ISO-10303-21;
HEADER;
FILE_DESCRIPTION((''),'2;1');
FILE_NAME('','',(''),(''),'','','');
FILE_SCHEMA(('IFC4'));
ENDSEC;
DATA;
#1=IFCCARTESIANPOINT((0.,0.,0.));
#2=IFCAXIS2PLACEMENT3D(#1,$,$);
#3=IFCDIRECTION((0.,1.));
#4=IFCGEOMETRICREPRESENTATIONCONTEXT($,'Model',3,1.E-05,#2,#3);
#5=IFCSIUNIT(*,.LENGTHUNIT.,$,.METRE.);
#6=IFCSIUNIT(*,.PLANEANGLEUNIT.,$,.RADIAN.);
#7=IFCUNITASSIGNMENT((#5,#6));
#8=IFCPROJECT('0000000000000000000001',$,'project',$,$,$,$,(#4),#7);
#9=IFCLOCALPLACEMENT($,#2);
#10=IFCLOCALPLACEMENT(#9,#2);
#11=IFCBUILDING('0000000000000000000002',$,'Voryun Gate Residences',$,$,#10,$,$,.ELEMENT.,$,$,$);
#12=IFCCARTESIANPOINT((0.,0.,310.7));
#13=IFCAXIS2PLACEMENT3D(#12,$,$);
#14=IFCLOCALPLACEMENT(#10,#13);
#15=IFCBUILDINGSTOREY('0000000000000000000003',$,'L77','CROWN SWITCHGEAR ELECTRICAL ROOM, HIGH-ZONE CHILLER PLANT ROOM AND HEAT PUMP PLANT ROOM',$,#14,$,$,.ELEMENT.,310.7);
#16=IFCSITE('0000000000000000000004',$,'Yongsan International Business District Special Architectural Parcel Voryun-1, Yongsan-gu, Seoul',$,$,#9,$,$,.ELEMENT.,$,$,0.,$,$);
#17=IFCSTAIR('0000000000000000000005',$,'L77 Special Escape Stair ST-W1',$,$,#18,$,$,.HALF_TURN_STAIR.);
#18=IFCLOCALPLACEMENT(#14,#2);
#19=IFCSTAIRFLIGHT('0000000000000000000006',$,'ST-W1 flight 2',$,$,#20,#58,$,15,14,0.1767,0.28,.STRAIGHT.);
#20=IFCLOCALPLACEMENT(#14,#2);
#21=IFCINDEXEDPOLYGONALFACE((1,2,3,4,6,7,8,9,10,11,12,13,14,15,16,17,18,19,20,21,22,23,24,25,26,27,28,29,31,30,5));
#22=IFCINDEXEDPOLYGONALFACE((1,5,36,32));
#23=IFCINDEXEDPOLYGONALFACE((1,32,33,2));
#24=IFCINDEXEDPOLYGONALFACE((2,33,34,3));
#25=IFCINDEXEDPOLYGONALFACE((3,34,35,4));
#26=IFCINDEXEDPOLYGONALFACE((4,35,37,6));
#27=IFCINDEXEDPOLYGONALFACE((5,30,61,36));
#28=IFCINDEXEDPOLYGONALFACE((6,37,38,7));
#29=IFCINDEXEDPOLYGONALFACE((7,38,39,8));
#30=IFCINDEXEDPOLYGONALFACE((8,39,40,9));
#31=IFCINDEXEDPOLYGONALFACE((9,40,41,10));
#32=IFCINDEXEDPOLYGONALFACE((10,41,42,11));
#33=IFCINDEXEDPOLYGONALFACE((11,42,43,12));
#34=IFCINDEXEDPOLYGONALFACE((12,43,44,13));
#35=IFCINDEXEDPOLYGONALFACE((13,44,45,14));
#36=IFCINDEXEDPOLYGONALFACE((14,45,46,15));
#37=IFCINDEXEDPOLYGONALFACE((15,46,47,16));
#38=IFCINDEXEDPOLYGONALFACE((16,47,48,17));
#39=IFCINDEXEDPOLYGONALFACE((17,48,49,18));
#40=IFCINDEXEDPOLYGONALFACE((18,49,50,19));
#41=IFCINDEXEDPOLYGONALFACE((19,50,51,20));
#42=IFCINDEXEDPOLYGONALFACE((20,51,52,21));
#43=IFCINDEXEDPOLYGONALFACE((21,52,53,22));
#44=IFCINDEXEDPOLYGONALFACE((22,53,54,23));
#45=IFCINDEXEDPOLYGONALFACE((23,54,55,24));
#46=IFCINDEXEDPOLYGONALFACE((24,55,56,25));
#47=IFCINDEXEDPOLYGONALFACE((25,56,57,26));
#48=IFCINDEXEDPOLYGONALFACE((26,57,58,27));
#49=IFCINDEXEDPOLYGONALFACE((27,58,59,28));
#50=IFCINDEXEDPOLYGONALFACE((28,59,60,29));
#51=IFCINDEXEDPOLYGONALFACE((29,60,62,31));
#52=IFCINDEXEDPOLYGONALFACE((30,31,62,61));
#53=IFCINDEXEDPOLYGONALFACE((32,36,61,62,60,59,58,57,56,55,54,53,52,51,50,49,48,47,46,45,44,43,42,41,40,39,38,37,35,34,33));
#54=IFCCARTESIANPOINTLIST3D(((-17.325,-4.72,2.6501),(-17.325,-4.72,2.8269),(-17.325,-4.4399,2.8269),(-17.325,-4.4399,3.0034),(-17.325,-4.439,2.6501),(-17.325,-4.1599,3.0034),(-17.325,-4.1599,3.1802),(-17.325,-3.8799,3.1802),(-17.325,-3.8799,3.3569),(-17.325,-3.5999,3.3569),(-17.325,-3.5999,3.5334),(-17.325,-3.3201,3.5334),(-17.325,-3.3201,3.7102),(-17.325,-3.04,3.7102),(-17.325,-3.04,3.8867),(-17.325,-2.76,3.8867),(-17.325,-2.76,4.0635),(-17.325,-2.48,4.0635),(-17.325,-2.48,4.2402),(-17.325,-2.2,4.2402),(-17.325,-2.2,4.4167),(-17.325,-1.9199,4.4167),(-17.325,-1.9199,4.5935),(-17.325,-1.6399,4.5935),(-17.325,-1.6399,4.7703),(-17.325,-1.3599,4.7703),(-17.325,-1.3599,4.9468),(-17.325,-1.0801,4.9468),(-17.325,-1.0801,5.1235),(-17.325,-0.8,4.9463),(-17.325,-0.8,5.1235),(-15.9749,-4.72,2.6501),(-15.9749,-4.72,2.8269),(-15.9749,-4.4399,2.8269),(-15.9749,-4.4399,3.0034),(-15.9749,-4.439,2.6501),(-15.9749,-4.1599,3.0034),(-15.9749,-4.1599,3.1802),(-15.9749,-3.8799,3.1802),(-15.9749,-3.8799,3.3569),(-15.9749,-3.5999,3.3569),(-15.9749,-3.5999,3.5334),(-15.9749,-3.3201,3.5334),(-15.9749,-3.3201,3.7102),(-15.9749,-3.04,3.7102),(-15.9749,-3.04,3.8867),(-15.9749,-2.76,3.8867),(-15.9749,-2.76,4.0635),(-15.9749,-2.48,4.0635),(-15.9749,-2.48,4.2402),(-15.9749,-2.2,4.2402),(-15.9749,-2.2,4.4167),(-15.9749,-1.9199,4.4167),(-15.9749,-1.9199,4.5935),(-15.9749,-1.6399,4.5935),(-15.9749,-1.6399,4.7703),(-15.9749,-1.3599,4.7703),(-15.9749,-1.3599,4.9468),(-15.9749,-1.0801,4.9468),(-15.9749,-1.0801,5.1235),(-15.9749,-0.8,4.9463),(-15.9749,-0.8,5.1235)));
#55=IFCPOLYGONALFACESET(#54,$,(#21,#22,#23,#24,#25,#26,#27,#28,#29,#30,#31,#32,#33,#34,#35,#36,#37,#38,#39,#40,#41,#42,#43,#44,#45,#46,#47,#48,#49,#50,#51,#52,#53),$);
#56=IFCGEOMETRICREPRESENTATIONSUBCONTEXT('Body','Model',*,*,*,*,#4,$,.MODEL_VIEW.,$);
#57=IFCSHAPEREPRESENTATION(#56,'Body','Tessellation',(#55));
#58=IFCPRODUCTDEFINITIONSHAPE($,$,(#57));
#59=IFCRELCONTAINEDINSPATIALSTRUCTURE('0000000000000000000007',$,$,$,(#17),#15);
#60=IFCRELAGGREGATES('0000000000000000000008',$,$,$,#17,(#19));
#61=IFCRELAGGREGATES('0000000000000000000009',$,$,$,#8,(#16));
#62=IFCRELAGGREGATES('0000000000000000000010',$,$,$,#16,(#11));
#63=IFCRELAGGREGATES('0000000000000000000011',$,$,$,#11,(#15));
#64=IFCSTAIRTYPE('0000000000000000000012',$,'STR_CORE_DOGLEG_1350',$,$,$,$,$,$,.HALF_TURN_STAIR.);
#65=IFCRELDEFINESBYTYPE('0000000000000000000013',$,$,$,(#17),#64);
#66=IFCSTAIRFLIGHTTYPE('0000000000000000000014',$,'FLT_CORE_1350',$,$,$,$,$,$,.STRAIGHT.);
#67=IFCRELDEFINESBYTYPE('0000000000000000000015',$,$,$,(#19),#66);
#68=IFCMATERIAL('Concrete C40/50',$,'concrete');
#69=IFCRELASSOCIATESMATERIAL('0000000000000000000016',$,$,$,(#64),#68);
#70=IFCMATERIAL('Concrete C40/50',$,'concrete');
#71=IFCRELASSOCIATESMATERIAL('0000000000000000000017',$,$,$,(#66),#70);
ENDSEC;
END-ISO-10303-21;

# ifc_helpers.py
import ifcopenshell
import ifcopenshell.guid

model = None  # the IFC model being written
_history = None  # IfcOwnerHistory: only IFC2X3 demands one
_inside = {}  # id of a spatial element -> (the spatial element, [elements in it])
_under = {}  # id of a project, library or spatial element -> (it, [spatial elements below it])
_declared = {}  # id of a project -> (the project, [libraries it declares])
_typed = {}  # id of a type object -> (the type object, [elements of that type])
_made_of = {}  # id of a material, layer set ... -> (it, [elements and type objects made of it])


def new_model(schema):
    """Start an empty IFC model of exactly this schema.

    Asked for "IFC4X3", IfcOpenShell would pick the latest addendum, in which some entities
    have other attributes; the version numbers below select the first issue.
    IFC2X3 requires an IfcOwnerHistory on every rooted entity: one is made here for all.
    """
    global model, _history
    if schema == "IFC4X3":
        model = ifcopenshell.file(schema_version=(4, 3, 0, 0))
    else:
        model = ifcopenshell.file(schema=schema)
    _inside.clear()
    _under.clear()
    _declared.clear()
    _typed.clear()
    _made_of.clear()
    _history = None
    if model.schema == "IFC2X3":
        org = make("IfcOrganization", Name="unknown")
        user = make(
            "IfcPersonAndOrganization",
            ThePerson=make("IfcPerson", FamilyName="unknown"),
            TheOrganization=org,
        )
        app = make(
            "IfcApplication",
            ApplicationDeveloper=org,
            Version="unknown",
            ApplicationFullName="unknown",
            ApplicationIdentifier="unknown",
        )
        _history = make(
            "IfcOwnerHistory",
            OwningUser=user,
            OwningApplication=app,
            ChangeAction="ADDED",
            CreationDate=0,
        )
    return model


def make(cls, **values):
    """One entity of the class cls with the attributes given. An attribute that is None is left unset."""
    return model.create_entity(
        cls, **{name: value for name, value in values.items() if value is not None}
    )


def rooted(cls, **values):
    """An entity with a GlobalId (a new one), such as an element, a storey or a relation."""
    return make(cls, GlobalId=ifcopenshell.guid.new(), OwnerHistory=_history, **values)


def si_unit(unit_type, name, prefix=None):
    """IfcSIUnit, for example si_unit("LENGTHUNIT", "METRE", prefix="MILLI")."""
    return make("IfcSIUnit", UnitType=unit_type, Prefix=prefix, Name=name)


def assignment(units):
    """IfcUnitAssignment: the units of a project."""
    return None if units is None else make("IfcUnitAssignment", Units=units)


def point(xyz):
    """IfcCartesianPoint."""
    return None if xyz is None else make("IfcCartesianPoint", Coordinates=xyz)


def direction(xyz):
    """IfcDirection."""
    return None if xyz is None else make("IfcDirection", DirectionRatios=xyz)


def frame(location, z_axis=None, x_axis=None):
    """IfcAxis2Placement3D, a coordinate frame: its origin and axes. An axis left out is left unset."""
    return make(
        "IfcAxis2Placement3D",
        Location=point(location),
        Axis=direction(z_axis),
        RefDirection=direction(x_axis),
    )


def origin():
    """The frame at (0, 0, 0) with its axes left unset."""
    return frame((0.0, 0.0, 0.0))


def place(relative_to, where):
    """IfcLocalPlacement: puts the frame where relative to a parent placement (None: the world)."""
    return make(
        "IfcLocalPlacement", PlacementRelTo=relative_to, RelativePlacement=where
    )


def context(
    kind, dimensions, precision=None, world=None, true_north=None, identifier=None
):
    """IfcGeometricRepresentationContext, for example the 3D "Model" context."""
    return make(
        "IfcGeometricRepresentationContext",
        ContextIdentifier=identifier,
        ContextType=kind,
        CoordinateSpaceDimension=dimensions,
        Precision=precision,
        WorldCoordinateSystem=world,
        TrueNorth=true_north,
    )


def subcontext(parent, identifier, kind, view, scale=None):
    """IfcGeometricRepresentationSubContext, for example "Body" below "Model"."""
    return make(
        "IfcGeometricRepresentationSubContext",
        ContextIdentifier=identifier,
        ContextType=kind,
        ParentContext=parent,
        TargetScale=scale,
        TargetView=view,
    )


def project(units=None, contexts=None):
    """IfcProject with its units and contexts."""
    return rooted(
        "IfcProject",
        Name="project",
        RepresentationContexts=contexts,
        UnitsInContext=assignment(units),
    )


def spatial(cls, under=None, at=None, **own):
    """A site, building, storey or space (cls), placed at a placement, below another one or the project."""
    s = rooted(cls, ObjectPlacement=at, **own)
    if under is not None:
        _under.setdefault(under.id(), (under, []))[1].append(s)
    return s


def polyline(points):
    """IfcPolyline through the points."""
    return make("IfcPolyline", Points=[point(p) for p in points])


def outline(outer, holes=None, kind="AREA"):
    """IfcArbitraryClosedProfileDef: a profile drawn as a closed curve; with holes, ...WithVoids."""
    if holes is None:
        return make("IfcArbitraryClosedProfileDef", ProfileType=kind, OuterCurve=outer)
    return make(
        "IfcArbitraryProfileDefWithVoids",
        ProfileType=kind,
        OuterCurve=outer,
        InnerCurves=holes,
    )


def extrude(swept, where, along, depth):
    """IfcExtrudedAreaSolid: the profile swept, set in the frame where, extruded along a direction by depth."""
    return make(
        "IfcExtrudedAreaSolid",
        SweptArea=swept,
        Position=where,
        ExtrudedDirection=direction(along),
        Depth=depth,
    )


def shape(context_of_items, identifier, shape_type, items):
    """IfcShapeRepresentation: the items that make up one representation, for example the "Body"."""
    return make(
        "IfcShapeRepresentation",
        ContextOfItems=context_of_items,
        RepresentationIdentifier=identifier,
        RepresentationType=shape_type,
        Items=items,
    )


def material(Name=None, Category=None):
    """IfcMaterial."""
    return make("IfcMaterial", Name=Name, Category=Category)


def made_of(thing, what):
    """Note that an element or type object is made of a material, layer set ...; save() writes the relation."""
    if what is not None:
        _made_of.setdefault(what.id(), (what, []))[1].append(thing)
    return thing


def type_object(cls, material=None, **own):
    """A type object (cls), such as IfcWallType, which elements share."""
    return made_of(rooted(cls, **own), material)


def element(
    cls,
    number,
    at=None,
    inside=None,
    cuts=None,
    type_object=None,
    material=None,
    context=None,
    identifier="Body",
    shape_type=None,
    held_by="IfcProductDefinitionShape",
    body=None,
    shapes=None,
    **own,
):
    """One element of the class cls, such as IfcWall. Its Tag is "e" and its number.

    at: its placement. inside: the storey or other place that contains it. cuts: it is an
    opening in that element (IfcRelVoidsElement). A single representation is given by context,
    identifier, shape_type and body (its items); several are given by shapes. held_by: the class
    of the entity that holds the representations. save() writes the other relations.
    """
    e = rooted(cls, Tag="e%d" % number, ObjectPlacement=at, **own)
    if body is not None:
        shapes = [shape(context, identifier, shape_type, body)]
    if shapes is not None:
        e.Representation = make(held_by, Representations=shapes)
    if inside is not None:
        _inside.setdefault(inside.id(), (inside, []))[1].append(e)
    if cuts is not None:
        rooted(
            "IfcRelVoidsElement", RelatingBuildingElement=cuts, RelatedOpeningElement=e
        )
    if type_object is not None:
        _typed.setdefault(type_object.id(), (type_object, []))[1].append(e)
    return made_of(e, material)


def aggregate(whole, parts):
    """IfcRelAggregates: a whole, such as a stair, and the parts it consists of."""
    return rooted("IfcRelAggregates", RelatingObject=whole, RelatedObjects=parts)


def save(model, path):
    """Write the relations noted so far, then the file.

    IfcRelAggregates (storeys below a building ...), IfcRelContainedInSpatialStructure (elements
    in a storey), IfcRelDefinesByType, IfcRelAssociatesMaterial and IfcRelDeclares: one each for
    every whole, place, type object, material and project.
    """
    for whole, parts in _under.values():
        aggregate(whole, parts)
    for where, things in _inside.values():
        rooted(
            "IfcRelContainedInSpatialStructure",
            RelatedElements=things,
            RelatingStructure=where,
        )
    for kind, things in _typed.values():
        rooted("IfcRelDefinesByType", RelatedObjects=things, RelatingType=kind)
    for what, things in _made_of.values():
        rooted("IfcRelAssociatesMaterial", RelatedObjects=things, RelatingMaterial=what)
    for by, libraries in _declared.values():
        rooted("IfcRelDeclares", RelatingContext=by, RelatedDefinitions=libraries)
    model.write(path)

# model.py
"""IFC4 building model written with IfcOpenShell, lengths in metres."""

from ifc_helpers import new_model, si_unit, direction, frame, origin, place, context, subcontext, project, spatial, polyline, outline, extrude, material, type_object, element, aggregate, save


model = new_model("IFC4")

# Units and contexts
model_context = context("Model", 3, precision=1e-05, world=origin(), true_north=direction((0.0, 1.0)))
body_context = subcontext(model_context, "Body", "Model", "MODEL_VIEW")
ifc_project = project(units=[si_unit("LENGTHUNIT", "METRE"), si_unit("PLANEANGLEUNIT", "RADIAN")], contexts=[model_context])

# Site, building, storey
site_placement = place(None, origin())
site = spatial("IfcSite", under=ifc_project, at=site_placement, Name="Yongsan International Business District Special Architectural Parcel Voryun-1, Yongsan-gu, Seoul", CompositionType="ELEMENT", RefElevation=0.0)
building_placement = place(site_placement, origin())
building = spatial("IfcBuilding", under=site, at=building_placement, Name="Voryun Gate Residences", CompositionType="ELEMENT")
storey_placement = place(building_placement, frame((0.0, 0.0, 310.7)))
storey = spatial("IfcBuildingStorey", under=building, at=storey_placement, Name="L77", Description="CROWN SWITCHGEAR ELECTRICAL ROOM, HIGH-ZONE CHILLER PLANT ROOM AND HEAT PUMP PLANT ROOM", CompositionType="ELEMENT", Elevation=310.7)

# Stair, stair flight
ifc_material_1 = material(Name="Concrete C40/50", Category="concrete")
stair_type = type_object("IfcStairType", Name="STR_CORE_DOGLEG_1350", PredefinedType="HALF_TURN_STAIR", material=ifc_material_1)
stair_placement = place(storey_placement, origin())
stair = element("IfcStair", 1, at=stair_placement, inside=storey, type_object=stair_type, Name="L77 Special Escape Stair ST-W1", PredefinedType="HALF_TURN_STAIR")
ifc_material_2 = material(Name="Concrete C40/50", Category="concrete")
stair_flight_type = type_object("IfcStairFlightType", Name="FLT_CORE_1350", PredefinedType="STRAIGHT", material=ifc_material_2)
stair_flight_1_placement = place(storey_placement, frame((-16.6499, -4.72, 2.6501), z_axis=(0.0, 0.0, 1.0), x_axis=(0.0, 1.0, 0.0)))
stair_flight_1 = element("IfcStairFlight", 2, at=stair_flight_1_placement, type_object=stair_flight_type, Name="ST-W1 flight 2", NumberOfRisers=15, NumberOfTreads=14, PredefinedType="STRAIGHT", RiserHeight=0.1767, TreadLength=0.28, context=body_context, shape_type="SweptSolid", body=[
    extrude(outline(polyline([(0.0, 0.0), (0.0, 0.1768), (0.28, 0.1768), (0.28, 0.3533), (0.5601, 0.3533), (0.5601, 0.53), (0.8401, 0.53), (0.8401, 0.7068), (1.1201, 0.7068), (1.1201, 0.8833), (1.3999, 0.8833), (1.3999, 1.0601), (1.6799, 1.0601), (1.6799, 1.2366), (1.96, 1.2366), (1.96, 1.4133), (2.24, 1.4133), (2.24, 1.5901), (2.52, 1.5901), (2.52, 1.7666), (2.8, 1.7666), (2.8, 1.9434), (3.0801, 1.9434), (3.0801, 2.1201), (3.3601, 2.1201), (3.3601, 2.2966), (3.6399, 2.2966), (3.6399, 2.4734), (3.9199, 2.4734), (3.9199, 2.6499), (3.9199, 2.2961), (0.281, 0.0), (0.0, 0.0)])), frame((0.0, 0.675, 0.0), z_axis=(0.0, -1.0, 0.0), x_axis=(1.0, 0.0, 0.0)), (0.0, 0.0, 1.0), 1.3501),
])
aggregate(stair, [stair_flight_1])

save(model, "model.ifc")
